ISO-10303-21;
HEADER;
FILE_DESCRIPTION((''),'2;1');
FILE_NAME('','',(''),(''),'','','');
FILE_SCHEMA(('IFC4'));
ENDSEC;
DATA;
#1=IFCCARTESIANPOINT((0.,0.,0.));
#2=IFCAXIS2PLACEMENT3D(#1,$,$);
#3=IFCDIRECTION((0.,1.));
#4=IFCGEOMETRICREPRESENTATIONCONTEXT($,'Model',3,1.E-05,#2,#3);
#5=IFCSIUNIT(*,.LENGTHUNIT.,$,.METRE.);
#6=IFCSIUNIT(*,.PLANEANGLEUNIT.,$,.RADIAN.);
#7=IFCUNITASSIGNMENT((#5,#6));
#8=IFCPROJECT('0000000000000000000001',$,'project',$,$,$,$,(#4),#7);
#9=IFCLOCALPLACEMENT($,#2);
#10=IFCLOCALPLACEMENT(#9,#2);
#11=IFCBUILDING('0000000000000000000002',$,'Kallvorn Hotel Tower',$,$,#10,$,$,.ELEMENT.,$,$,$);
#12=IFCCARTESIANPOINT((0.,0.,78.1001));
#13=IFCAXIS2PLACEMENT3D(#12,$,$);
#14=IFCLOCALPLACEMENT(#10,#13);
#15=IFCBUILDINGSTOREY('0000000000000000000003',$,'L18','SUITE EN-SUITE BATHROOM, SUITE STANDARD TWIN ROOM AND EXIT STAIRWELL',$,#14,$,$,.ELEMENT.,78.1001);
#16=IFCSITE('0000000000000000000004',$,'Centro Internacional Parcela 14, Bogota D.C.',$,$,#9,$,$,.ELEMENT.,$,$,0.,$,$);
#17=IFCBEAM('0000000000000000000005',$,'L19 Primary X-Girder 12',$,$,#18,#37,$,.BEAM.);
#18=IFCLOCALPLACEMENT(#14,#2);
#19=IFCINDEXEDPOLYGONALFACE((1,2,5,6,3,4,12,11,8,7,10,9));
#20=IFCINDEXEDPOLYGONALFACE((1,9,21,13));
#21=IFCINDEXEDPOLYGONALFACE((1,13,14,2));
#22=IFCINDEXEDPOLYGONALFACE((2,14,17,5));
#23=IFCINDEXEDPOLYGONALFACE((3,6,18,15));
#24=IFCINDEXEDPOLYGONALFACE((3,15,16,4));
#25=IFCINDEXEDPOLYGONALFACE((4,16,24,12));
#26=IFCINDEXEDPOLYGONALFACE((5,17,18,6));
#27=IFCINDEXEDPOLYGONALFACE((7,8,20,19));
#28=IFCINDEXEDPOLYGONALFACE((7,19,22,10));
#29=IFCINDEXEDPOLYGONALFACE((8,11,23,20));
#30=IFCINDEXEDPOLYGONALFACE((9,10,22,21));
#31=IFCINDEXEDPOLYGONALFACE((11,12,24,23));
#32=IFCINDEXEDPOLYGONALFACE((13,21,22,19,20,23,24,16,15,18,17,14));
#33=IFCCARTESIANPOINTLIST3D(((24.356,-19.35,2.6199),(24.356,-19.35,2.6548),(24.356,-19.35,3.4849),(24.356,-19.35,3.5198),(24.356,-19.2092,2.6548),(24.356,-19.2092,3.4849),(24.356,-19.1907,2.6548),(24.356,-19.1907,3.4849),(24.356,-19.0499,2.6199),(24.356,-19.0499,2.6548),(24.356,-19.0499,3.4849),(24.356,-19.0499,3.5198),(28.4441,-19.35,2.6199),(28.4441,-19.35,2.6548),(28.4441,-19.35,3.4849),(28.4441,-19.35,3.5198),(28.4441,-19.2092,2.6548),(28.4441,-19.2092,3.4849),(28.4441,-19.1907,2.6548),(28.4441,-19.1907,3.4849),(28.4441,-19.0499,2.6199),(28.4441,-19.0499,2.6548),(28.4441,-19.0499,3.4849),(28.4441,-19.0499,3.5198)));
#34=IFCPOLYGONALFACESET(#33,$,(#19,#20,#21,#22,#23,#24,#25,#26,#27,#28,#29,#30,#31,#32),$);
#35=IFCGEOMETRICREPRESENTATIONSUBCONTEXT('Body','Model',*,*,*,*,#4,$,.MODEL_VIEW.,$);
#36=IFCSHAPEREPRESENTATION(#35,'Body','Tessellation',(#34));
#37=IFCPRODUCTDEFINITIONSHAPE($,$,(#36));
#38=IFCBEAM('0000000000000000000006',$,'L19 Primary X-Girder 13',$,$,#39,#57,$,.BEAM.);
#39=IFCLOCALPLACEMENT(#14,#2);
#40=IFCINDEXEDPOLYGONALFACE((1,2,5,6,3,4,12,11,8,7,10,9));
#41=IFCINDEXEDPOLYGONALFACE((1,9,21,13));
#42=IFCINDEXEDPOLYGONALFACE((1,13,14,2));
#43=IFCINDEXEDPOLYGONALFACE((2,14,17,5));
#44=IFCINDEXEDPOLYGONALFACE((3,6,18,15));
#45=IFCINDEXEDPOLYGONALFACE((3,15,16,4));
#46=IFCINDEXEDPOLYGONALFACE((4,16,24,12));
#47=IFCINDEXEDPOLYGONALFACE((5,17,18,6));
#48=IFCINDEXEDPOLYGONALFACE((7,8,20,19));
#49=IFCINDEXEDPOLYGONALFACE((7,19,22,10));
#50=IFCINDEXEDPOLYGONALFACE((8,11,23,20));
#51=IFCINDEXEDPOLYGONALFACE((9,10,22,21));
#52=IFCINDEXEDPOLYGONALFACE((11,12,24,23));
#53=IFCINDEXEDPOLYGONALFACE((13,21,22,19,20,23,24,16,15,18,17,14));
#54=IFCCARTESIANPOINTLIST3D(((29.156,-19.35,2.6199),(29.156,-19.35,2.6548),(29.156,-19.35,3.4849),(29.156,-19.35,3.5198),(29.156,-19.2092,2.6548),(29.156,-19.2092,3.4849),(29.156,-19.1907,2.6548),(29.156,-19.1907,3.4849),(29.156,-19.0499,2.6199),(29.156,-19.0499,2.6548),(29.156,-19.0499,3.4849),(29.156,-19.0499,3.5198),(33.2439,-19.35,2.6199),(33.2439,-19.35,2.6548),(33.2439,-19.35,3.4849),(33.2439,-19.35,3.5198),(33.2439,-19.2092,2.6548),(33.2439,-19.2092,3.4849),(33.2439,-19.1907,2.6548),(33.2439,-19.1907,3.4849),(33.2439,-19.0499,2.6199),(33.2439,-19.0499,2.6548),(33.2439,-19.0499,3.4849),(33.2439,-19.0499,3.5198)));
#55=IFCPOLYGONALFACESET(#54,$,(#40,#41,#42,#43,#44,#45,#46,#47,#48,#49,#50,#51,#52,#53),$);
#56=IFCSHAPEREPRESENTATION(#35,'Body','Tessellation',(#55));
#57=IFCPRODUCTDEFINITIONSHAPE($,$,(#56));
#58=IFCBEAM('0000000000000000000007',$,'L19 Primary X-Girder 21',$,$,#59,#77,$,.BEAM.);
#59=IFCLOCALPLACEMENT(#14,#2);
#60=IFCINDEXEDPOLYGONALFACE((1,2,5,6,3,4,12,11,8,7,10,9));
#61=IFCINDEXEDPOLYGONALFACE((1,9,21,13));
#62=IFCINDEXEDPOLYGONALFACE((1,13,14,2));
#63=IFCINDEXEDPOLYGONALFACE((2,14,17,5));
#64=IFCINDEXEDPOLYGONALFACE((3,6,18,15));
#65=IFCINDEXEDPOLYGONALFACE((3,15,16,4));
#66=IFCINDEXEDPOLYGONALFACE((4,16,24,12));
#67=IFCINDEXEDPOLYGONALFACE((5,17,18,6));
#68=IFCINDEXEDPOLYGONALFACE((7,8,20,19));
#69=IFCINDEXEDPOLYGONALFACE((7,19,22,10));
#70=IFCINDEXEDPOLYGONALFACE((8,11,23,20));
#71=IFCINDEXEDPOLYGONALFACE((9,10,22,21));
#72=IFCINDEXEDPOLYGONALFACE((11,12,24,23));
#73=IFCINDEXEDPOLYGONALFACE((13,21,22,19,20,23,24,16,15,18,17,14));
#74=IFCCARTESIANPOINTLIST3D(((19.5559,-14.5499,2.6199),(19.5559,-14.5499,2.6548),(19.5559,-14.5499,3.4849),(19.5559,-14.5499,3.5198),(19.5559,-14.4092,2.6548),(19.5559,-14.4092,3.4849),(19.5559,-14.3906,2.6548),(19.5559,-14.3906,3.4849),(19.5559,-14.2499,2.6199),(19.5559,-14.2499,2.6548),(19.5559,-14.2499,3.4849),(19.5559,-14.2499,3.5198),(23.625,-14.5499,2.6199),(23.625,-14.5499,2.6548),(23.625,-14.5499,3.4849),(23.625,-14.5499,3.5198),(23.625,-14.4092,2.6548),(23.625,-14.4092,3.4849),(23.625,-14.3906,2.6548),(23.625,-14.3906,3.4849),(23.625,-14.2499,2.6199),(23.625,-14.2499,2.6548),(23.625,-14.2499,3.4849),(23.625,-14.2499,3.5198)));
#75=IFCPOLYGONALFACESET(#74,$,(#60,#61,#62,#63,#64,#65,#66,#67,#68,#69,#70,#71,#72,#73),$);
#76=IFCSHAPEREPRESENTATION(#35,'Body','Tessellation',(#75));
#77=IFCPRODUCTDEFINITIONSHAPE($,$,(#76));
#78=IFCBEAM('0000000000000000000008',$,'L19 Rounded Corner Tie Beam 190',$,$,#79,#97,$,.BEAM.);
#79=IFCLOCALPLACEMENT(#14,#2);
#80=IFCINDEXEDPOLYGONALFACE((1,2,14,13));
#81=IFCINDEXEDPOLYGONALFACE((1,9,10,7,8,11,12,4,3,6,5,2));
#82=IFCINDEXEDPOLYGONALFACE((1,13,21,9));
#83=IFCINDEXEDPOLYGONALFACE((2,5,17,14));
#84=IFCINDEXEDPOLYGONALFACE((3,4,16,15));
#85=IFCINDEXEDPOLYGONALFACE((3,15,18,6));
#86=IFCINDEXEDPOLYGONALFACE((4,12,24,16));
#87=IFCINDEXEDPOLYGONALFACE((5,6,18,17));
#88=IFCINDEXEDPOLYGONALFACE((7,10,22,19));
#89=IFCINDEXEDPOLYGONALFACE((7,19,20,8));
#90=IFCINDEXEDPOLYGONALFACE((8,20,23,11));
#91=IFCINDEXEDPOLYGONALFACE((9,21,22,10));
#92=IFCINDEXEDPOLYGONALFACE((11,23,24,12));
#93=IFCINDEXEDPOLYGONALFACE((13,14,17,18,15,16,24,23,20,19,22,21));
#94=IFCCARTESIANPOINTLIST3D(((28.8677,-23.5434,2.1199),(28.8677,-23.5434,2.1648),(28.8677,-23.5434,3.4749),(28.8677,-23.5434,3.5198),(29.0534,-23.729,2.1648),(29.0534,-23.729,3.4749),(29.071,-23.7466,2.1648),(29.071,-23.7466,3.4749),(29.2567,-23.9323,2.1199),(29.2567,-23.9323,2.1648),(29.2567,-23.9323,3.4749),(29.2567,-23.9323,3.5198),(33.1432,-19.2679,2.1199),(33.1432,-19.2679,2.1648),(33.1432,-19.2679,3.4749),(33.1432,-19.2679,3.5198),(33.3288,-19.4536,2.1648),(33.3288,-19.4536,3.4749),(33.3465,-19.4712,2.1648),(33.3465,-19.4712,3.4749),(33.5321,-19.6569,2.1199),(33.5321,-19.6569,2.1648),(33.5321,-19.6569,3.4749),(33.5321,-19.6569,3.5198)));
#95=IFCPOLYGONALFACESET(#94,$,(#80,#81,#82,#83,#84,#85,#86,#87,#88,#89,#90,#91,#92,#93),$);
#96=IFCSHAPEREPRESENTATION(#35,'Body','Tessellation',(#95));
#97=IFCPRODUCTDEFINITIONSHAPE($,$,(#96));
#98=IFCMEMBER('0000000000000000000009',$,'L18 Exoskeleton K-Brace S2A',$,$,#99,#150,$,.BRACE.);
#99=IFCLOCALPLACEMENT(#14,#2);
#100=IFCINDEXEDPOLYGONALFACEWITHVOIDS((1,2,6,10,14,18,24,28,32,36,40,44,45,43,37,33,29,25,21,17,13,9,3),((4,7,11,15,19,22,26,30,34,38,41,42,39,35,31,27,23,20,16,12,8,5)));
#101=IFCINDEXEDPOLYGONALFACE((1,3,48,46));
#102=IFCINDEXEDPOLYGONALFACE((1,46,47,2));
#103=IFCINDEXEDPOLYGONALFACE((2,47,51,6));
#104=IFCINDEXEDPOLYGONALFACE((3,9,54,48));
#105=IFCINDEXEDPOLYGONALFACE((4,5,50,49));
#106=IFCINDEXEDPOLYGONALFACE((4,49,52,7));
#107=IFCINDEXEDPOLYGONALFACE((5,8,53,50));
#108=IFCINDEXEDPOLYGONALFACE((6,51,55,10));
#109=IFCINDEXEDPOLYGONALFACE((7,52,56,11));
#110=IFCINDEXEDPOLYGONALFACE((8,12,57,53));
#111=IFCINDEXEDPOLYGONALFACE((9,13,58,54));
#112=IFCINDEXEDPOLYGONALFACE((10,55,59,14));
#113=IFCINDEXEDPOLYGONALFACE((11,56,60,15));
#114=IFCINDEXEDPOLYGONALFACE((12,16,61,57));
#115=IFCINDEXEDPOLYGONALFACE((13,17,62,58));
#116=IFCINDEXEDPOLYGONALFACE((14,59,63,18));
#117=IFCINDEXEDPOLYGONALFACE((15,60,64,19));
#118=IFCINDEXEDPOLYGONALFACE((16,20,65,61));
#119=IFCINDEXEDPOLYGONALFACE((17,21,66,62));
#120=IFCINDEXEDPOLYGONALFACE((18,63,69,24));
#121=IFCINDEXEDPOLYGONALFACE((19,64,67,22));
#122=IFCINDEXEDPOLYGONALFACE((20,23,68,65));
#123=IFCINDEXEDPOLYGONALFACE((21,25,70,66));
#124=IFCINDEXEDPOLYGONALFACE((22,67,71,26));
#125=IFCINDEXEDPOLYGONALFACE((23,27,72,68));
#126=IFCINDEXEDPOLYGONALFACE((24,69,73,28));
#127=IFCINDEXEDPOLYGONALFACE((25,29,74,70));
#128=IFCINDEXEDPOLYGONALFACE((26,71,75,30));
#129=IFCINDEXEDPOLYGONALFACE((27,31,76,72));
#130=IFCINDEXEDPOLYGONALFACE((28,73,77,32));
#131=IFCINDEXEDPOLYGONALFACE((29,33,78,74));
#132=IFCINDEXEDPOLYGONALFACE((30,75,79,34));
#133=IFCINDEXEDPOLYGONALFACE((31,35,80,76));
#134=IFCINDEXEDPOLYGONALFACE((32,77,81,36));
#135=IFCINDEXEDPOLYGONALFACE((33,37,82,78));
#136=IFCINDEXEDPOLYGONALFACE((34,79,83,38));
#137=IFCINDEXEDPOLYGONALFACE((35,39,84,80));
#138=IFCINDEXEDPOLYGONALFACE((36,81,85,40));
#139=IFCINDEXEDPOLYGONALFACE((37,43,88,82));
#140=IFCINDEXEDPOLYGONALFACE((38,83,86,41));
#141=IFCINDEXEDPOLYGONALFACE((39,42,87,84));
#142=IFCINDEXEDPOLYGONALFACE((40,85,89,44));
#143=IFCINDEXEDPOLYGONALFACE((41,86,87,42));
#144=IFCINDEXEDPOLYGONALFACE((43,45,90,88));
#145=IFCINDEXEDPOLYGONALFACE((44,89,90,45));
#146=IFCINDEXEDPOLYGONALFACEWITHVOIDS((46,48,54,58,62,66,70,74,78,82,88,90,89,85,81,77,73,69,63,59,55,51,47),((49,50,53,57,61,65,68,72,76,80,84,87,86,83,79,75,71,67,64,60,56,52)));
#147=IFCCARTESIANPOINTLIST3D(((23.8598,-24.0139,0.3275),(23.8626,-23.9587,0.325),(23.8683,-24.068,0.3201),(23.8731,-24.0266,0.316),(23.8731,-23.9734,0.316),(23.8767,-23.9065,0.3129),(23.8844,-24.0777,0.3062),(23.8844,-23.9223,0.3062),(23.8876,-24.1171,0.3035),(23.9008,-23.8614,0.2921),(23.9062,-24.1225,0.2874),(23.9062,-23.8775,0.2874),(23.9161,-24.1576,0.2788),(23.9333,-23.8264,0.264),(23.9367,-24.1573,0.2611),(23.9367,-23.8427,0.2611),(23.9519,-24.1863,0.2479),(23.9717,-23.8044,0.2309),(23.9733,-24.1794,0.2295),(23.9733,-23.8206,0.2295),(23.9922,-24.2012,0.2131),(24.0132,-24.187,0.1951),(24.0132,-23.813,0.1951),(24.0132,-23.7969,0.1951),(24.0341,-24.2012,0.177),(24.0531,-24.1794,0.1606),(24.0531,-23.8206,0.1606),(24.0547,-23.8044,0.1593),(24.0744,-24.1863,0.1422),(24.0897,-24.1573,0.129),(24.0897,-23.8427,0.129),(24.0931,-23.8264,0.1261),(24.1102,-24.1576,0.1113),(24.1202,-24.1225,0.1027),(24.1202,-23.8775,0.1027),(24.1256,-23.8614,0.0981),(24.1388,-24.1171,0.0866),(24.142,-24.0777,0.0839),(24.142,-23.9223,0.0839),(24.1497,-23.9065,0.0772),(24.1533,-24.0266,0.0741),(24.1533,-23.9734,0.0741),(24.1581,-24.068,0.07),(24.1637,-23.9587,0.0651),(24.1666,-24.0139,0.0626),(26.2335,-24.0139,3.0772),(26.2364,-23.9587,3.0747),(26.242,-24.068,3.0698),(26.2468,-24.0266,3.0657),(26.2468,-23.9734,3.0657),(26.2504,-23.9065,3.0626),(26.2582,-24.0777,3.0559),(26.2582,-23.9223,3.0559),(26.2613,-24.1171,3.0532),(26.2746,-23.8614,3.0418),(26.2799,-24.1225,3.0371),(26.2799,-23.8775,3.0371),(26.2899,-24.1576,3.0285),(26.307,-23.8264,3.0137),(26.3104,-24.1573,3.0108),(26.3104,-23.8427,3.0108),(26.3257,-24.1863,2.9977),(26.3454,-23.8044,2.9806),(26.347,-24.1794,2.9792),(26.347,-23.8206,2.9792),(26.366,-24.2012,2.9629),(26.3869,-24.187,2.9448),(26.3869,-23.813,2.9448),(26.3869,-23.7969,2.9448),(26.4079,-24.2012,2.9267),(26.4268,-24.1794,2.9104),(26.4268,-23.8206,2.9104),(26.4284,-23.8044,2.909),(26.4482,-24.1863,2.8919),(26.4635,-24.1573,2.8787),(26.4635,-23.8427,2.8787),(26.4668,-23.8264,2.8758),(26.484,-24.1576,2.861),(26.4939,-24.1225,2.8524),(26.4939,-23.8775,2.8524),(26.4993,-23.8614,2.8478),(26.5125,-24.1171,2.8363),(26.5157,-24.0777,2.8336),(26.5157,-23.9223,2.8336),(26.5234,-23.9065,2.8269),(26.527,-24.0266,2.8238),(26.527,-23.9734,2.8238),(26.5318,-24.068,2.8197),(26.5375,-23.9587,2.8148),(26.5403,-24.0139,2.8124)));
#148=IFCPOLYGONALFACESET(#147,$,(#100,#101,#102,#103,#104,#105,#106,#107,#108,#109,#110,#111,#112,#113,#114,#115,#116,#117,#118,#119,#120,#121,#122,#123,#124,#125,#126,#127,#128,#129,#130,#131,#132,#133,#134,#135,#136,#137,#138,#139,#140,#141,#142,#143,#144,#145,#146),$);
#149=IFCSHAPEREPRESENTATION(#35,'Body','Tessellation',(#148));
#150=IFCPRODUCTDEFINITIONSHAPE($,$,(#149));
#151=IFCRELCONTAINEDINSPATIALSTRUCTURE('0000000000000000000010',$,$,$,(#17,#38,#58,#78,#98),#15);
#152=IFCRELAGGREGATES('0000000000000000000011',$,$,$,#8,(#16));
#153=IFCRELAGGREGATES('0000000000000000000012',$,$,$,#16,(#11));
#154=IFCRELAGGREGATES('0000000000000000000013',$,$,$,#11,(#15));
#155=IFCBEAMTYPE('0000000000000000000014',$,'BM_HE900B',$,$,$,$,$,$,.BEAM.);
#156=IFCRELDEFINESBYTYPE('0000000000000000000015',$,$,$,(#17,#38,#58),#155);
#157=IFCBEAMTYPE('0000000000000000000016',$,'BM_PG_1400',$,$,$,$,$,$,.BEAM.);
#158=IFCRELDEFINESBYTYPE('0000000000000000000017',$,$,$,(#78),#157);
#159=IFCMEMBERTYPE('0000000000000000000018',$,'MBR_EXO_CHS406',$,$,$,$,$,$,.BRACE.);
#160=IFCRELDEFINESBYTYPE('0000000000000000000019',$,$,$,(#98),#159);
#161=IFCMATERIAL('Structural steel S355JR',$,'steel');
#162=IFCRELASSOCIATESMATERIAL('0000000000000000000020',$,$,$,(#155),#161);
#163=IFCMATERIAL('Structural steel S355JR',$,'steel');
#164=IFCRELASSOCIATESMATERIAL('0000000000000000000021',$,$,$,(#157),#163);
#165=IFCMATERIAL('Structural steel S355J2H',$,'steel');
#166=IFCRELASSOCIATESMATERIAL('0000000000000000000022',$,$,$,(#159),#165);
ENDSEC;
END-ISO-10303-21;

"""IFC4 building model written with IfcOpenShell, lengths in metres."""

from ifc_helpers import new_model, si_unit, direction, frame, origin, origin_2d, place, context, subcontext, project, spatial, hollow_circle, i_section, extrude, material, material_profile, profile_set, type_object, element, save


model = new_model("IFC4")

# Units and contexts
model_context = context("Model", 3, precision=1e-05, world=origin(), true_north=direction((0.0, 1.0)))
body_context = subcontext(model_context, "Body", "Model", "MODEL_VIEW")
ifc_project = project(units=[si_unit("LENGTHUNIT", "METRE"), si_unit("PLANEANGLEUNIT", "RADIAN")], contexts=[model_context])

# Site, building, storey
site_placement = place(None, origin())
site = spatial("IfcSite", under=ifc_project, at=site_placement, Name="Centro Internacional Parcela 14, Bogota D.C.", CompositionType="ELEMENT", RefElevation=0.0)
building_placement = place(site_placement, origin())
building = spatial("IfcBuilding", under=site, at=building_placement, Name="Kallvorn Hotel Tower", CompositionType="ELEMENT")
storey_placement = place(building_placement, frame((0.0, 0.0, 78.1001)))
storey = spatial("IfcBuildingStorey", under=building, at=storey_placement, Name="L18", Description="SUITE EN-SUITE BATHROOM, SUITE STANDARD TWIN ROOM AND EXIT STAIRWELL", CompositionType="ELEMENT", Elevation=78.1001)

# Beams
ifc_material_1 = material(Name="Structural steel S355JR", Category="steel")
ifc_material_profile_1 = material_profile(ifc_material_1, i_section(OverallWidth=0.3, OverallDepth=0.8999, WebThickness=0.0186, FlangeThickness=0.0349, at=origin_2d()), Name="HE 900 B")
ifc_profile_set_1 = profile_set([ifc_material_profile_1], Name="Structural steel S355JR")
beam_type_1 = type_object("IfcBeamType", Name="BM_HE900B", PredefinedType="BEAM", material=ifc_profile_set_1)
for number, where, z_axis, x_axis, name in (
    (1, (24.356, -19.2, 3.0698), (1.0, 0.0, 0.0), (0.0, 1.0, 0.0), "L19 Primary X-Girder 12"),
):
    element("IfcBeam", number, at=place(storey_placement, frame(where, z_axis=z_axis, x_axis=x_axis)), inside=storey, type_object=beam_type_1, Name=name, PredefinedType="BEAM", context=body_context, shape_type="SweptSolid", body=[
        extrude(i_section(OverallWidth=0.3, OverallDepth=0.8999, WebThickness=0.0186, FlangeThickness=0.0349, at=origin_2d()), origin(), (0.0, 0.0, 1.0), 4.0881),
    ])
beam_1_placement = place(storey_placement, frame((29.156, -19.2, 3.0698), z_axis=(1.0, 0.0, 0.0), x_axis=(0.0, 1.0, 0.0)))
element("IfcBeam", 2, at=beam_1_placement, inside=storey, type_object=beam_type_1, Name="L19 Primary X-Girder 13", PredefinedType="BEAM", context=body_context, shape_type="SweptSolid", body=[
    extrude(i_section(OverallWidth=0.3, OverallDepth=0.8999, WebThickness=0.0186, FlangeThickness=0.0349, at=origin_2d()), origin(), (0.0, 0.0, 1.0), 4.0879),
])
beam_2_placement = place(storey_placement, frame((19.5559, -14.3999, 3.0698), z_axis=(1.0, 0.0, 0.0), x_axis=(0.0, 1.0, 0.0)))
element("IfcBeam", 3, at=beam_2_placement, inside=storey, type_object=beam_type_1, Name="L19 Primary X-Girder 21", PredefinedType="BEAM", context=body_context, shape_type="SweptSolid", body=[
    extrude(i_section(OverallWidth=0.3, OverallDepth=0.8999, WebThickness=0.0186, FlangeThickness=0.0349, at=origin_2d()), origin(), (0.0, 0.0, 1.0), 4.0691),
])
ifc_material_2 = material(Name="Structural steel S355JR", Category="steel")
ifc_material_profile_2 = material_profile(ifc_material_2, i_section(OverallWidth=0.55, OverallDepth=1.3999, WebThickness=0.0249, FlangeThickness=0.0449, at=origin_2d()), Name="PG 1400x550x25x45")
ifc_profile_set_2 = profile_set([ifc_material_profile_2], Name="Structural steel S355JR")
beam_type_2 = type_object("IfcBeamType", Name="BM_PG_1400", PredefinedType="BEAM", material=ifc_profile_set_2)
beam_3_placement = place(storey_placement, frame((33.3376, -19.4624, 2.8198), z_axis=(-0.707107, -0.707107, 0.0), x_axis=(0.707107, -0.707107, 0.0)))
element("IfcBeam", 4, at=beam_3_placement, inside=storey, type_object=beam_type_2, Name="L19 Rounded Corner Tie Beam 190", PredefinedType="BEAM", context=body_context, shape_type="SweptSolid", body=[
    extrude(i_section(OverallWidth=0.55, OverallDepth=1.3999, WebThickness=0.0249, FlangeThickness=0.0449, at=origin_2d()), origin(), (0.0, 0.0, 1.0), 6.0464),
])

# Member
ifc_material_3 = material(Name="Structural steel S355J2H", Category="steel")
ifc_material_profile_3 = material_profile(ifc_material_3, hollow_circle(Radius=0.2031, WallThickness=0.0161, at=origin_2d()), Name="CHS 406.4x16")
ifc_profile_set_3 = profile_set([ifc_material_profile_3], Name="Structural steel S355J2H")
member_type = type_object("IfcMemberType", Name="MBR_EXO_CHS406", PredefinedType="BRACE", material=ifc_profile_set_3)
for number, where, z_axis, x_axis, name in (
    (5, (24.0132, -24.0, 0.1951), (0.653461, 0.0, 0.756961), (0.0, 1.0, 0.0), "L18 Exoskeleton K-Brace S2A"),
):
    element("IfcMember", number, at=place(storey_placement, frame(where, z_axis=z_axis, x_axis=x_axis)), inside=storey, type_object=member_type, Name=name, PredefinedType="BRACE", context=body_context, shape_type="SweptSolid", body=[
        extrude(hollow_circle(Radius=0.2031, WallThickness=0.0161, at=origin_2d()), origin(), (0.0, 0.0, 1.0), 3.6326),
    ])

save(model, "model.ifc")
